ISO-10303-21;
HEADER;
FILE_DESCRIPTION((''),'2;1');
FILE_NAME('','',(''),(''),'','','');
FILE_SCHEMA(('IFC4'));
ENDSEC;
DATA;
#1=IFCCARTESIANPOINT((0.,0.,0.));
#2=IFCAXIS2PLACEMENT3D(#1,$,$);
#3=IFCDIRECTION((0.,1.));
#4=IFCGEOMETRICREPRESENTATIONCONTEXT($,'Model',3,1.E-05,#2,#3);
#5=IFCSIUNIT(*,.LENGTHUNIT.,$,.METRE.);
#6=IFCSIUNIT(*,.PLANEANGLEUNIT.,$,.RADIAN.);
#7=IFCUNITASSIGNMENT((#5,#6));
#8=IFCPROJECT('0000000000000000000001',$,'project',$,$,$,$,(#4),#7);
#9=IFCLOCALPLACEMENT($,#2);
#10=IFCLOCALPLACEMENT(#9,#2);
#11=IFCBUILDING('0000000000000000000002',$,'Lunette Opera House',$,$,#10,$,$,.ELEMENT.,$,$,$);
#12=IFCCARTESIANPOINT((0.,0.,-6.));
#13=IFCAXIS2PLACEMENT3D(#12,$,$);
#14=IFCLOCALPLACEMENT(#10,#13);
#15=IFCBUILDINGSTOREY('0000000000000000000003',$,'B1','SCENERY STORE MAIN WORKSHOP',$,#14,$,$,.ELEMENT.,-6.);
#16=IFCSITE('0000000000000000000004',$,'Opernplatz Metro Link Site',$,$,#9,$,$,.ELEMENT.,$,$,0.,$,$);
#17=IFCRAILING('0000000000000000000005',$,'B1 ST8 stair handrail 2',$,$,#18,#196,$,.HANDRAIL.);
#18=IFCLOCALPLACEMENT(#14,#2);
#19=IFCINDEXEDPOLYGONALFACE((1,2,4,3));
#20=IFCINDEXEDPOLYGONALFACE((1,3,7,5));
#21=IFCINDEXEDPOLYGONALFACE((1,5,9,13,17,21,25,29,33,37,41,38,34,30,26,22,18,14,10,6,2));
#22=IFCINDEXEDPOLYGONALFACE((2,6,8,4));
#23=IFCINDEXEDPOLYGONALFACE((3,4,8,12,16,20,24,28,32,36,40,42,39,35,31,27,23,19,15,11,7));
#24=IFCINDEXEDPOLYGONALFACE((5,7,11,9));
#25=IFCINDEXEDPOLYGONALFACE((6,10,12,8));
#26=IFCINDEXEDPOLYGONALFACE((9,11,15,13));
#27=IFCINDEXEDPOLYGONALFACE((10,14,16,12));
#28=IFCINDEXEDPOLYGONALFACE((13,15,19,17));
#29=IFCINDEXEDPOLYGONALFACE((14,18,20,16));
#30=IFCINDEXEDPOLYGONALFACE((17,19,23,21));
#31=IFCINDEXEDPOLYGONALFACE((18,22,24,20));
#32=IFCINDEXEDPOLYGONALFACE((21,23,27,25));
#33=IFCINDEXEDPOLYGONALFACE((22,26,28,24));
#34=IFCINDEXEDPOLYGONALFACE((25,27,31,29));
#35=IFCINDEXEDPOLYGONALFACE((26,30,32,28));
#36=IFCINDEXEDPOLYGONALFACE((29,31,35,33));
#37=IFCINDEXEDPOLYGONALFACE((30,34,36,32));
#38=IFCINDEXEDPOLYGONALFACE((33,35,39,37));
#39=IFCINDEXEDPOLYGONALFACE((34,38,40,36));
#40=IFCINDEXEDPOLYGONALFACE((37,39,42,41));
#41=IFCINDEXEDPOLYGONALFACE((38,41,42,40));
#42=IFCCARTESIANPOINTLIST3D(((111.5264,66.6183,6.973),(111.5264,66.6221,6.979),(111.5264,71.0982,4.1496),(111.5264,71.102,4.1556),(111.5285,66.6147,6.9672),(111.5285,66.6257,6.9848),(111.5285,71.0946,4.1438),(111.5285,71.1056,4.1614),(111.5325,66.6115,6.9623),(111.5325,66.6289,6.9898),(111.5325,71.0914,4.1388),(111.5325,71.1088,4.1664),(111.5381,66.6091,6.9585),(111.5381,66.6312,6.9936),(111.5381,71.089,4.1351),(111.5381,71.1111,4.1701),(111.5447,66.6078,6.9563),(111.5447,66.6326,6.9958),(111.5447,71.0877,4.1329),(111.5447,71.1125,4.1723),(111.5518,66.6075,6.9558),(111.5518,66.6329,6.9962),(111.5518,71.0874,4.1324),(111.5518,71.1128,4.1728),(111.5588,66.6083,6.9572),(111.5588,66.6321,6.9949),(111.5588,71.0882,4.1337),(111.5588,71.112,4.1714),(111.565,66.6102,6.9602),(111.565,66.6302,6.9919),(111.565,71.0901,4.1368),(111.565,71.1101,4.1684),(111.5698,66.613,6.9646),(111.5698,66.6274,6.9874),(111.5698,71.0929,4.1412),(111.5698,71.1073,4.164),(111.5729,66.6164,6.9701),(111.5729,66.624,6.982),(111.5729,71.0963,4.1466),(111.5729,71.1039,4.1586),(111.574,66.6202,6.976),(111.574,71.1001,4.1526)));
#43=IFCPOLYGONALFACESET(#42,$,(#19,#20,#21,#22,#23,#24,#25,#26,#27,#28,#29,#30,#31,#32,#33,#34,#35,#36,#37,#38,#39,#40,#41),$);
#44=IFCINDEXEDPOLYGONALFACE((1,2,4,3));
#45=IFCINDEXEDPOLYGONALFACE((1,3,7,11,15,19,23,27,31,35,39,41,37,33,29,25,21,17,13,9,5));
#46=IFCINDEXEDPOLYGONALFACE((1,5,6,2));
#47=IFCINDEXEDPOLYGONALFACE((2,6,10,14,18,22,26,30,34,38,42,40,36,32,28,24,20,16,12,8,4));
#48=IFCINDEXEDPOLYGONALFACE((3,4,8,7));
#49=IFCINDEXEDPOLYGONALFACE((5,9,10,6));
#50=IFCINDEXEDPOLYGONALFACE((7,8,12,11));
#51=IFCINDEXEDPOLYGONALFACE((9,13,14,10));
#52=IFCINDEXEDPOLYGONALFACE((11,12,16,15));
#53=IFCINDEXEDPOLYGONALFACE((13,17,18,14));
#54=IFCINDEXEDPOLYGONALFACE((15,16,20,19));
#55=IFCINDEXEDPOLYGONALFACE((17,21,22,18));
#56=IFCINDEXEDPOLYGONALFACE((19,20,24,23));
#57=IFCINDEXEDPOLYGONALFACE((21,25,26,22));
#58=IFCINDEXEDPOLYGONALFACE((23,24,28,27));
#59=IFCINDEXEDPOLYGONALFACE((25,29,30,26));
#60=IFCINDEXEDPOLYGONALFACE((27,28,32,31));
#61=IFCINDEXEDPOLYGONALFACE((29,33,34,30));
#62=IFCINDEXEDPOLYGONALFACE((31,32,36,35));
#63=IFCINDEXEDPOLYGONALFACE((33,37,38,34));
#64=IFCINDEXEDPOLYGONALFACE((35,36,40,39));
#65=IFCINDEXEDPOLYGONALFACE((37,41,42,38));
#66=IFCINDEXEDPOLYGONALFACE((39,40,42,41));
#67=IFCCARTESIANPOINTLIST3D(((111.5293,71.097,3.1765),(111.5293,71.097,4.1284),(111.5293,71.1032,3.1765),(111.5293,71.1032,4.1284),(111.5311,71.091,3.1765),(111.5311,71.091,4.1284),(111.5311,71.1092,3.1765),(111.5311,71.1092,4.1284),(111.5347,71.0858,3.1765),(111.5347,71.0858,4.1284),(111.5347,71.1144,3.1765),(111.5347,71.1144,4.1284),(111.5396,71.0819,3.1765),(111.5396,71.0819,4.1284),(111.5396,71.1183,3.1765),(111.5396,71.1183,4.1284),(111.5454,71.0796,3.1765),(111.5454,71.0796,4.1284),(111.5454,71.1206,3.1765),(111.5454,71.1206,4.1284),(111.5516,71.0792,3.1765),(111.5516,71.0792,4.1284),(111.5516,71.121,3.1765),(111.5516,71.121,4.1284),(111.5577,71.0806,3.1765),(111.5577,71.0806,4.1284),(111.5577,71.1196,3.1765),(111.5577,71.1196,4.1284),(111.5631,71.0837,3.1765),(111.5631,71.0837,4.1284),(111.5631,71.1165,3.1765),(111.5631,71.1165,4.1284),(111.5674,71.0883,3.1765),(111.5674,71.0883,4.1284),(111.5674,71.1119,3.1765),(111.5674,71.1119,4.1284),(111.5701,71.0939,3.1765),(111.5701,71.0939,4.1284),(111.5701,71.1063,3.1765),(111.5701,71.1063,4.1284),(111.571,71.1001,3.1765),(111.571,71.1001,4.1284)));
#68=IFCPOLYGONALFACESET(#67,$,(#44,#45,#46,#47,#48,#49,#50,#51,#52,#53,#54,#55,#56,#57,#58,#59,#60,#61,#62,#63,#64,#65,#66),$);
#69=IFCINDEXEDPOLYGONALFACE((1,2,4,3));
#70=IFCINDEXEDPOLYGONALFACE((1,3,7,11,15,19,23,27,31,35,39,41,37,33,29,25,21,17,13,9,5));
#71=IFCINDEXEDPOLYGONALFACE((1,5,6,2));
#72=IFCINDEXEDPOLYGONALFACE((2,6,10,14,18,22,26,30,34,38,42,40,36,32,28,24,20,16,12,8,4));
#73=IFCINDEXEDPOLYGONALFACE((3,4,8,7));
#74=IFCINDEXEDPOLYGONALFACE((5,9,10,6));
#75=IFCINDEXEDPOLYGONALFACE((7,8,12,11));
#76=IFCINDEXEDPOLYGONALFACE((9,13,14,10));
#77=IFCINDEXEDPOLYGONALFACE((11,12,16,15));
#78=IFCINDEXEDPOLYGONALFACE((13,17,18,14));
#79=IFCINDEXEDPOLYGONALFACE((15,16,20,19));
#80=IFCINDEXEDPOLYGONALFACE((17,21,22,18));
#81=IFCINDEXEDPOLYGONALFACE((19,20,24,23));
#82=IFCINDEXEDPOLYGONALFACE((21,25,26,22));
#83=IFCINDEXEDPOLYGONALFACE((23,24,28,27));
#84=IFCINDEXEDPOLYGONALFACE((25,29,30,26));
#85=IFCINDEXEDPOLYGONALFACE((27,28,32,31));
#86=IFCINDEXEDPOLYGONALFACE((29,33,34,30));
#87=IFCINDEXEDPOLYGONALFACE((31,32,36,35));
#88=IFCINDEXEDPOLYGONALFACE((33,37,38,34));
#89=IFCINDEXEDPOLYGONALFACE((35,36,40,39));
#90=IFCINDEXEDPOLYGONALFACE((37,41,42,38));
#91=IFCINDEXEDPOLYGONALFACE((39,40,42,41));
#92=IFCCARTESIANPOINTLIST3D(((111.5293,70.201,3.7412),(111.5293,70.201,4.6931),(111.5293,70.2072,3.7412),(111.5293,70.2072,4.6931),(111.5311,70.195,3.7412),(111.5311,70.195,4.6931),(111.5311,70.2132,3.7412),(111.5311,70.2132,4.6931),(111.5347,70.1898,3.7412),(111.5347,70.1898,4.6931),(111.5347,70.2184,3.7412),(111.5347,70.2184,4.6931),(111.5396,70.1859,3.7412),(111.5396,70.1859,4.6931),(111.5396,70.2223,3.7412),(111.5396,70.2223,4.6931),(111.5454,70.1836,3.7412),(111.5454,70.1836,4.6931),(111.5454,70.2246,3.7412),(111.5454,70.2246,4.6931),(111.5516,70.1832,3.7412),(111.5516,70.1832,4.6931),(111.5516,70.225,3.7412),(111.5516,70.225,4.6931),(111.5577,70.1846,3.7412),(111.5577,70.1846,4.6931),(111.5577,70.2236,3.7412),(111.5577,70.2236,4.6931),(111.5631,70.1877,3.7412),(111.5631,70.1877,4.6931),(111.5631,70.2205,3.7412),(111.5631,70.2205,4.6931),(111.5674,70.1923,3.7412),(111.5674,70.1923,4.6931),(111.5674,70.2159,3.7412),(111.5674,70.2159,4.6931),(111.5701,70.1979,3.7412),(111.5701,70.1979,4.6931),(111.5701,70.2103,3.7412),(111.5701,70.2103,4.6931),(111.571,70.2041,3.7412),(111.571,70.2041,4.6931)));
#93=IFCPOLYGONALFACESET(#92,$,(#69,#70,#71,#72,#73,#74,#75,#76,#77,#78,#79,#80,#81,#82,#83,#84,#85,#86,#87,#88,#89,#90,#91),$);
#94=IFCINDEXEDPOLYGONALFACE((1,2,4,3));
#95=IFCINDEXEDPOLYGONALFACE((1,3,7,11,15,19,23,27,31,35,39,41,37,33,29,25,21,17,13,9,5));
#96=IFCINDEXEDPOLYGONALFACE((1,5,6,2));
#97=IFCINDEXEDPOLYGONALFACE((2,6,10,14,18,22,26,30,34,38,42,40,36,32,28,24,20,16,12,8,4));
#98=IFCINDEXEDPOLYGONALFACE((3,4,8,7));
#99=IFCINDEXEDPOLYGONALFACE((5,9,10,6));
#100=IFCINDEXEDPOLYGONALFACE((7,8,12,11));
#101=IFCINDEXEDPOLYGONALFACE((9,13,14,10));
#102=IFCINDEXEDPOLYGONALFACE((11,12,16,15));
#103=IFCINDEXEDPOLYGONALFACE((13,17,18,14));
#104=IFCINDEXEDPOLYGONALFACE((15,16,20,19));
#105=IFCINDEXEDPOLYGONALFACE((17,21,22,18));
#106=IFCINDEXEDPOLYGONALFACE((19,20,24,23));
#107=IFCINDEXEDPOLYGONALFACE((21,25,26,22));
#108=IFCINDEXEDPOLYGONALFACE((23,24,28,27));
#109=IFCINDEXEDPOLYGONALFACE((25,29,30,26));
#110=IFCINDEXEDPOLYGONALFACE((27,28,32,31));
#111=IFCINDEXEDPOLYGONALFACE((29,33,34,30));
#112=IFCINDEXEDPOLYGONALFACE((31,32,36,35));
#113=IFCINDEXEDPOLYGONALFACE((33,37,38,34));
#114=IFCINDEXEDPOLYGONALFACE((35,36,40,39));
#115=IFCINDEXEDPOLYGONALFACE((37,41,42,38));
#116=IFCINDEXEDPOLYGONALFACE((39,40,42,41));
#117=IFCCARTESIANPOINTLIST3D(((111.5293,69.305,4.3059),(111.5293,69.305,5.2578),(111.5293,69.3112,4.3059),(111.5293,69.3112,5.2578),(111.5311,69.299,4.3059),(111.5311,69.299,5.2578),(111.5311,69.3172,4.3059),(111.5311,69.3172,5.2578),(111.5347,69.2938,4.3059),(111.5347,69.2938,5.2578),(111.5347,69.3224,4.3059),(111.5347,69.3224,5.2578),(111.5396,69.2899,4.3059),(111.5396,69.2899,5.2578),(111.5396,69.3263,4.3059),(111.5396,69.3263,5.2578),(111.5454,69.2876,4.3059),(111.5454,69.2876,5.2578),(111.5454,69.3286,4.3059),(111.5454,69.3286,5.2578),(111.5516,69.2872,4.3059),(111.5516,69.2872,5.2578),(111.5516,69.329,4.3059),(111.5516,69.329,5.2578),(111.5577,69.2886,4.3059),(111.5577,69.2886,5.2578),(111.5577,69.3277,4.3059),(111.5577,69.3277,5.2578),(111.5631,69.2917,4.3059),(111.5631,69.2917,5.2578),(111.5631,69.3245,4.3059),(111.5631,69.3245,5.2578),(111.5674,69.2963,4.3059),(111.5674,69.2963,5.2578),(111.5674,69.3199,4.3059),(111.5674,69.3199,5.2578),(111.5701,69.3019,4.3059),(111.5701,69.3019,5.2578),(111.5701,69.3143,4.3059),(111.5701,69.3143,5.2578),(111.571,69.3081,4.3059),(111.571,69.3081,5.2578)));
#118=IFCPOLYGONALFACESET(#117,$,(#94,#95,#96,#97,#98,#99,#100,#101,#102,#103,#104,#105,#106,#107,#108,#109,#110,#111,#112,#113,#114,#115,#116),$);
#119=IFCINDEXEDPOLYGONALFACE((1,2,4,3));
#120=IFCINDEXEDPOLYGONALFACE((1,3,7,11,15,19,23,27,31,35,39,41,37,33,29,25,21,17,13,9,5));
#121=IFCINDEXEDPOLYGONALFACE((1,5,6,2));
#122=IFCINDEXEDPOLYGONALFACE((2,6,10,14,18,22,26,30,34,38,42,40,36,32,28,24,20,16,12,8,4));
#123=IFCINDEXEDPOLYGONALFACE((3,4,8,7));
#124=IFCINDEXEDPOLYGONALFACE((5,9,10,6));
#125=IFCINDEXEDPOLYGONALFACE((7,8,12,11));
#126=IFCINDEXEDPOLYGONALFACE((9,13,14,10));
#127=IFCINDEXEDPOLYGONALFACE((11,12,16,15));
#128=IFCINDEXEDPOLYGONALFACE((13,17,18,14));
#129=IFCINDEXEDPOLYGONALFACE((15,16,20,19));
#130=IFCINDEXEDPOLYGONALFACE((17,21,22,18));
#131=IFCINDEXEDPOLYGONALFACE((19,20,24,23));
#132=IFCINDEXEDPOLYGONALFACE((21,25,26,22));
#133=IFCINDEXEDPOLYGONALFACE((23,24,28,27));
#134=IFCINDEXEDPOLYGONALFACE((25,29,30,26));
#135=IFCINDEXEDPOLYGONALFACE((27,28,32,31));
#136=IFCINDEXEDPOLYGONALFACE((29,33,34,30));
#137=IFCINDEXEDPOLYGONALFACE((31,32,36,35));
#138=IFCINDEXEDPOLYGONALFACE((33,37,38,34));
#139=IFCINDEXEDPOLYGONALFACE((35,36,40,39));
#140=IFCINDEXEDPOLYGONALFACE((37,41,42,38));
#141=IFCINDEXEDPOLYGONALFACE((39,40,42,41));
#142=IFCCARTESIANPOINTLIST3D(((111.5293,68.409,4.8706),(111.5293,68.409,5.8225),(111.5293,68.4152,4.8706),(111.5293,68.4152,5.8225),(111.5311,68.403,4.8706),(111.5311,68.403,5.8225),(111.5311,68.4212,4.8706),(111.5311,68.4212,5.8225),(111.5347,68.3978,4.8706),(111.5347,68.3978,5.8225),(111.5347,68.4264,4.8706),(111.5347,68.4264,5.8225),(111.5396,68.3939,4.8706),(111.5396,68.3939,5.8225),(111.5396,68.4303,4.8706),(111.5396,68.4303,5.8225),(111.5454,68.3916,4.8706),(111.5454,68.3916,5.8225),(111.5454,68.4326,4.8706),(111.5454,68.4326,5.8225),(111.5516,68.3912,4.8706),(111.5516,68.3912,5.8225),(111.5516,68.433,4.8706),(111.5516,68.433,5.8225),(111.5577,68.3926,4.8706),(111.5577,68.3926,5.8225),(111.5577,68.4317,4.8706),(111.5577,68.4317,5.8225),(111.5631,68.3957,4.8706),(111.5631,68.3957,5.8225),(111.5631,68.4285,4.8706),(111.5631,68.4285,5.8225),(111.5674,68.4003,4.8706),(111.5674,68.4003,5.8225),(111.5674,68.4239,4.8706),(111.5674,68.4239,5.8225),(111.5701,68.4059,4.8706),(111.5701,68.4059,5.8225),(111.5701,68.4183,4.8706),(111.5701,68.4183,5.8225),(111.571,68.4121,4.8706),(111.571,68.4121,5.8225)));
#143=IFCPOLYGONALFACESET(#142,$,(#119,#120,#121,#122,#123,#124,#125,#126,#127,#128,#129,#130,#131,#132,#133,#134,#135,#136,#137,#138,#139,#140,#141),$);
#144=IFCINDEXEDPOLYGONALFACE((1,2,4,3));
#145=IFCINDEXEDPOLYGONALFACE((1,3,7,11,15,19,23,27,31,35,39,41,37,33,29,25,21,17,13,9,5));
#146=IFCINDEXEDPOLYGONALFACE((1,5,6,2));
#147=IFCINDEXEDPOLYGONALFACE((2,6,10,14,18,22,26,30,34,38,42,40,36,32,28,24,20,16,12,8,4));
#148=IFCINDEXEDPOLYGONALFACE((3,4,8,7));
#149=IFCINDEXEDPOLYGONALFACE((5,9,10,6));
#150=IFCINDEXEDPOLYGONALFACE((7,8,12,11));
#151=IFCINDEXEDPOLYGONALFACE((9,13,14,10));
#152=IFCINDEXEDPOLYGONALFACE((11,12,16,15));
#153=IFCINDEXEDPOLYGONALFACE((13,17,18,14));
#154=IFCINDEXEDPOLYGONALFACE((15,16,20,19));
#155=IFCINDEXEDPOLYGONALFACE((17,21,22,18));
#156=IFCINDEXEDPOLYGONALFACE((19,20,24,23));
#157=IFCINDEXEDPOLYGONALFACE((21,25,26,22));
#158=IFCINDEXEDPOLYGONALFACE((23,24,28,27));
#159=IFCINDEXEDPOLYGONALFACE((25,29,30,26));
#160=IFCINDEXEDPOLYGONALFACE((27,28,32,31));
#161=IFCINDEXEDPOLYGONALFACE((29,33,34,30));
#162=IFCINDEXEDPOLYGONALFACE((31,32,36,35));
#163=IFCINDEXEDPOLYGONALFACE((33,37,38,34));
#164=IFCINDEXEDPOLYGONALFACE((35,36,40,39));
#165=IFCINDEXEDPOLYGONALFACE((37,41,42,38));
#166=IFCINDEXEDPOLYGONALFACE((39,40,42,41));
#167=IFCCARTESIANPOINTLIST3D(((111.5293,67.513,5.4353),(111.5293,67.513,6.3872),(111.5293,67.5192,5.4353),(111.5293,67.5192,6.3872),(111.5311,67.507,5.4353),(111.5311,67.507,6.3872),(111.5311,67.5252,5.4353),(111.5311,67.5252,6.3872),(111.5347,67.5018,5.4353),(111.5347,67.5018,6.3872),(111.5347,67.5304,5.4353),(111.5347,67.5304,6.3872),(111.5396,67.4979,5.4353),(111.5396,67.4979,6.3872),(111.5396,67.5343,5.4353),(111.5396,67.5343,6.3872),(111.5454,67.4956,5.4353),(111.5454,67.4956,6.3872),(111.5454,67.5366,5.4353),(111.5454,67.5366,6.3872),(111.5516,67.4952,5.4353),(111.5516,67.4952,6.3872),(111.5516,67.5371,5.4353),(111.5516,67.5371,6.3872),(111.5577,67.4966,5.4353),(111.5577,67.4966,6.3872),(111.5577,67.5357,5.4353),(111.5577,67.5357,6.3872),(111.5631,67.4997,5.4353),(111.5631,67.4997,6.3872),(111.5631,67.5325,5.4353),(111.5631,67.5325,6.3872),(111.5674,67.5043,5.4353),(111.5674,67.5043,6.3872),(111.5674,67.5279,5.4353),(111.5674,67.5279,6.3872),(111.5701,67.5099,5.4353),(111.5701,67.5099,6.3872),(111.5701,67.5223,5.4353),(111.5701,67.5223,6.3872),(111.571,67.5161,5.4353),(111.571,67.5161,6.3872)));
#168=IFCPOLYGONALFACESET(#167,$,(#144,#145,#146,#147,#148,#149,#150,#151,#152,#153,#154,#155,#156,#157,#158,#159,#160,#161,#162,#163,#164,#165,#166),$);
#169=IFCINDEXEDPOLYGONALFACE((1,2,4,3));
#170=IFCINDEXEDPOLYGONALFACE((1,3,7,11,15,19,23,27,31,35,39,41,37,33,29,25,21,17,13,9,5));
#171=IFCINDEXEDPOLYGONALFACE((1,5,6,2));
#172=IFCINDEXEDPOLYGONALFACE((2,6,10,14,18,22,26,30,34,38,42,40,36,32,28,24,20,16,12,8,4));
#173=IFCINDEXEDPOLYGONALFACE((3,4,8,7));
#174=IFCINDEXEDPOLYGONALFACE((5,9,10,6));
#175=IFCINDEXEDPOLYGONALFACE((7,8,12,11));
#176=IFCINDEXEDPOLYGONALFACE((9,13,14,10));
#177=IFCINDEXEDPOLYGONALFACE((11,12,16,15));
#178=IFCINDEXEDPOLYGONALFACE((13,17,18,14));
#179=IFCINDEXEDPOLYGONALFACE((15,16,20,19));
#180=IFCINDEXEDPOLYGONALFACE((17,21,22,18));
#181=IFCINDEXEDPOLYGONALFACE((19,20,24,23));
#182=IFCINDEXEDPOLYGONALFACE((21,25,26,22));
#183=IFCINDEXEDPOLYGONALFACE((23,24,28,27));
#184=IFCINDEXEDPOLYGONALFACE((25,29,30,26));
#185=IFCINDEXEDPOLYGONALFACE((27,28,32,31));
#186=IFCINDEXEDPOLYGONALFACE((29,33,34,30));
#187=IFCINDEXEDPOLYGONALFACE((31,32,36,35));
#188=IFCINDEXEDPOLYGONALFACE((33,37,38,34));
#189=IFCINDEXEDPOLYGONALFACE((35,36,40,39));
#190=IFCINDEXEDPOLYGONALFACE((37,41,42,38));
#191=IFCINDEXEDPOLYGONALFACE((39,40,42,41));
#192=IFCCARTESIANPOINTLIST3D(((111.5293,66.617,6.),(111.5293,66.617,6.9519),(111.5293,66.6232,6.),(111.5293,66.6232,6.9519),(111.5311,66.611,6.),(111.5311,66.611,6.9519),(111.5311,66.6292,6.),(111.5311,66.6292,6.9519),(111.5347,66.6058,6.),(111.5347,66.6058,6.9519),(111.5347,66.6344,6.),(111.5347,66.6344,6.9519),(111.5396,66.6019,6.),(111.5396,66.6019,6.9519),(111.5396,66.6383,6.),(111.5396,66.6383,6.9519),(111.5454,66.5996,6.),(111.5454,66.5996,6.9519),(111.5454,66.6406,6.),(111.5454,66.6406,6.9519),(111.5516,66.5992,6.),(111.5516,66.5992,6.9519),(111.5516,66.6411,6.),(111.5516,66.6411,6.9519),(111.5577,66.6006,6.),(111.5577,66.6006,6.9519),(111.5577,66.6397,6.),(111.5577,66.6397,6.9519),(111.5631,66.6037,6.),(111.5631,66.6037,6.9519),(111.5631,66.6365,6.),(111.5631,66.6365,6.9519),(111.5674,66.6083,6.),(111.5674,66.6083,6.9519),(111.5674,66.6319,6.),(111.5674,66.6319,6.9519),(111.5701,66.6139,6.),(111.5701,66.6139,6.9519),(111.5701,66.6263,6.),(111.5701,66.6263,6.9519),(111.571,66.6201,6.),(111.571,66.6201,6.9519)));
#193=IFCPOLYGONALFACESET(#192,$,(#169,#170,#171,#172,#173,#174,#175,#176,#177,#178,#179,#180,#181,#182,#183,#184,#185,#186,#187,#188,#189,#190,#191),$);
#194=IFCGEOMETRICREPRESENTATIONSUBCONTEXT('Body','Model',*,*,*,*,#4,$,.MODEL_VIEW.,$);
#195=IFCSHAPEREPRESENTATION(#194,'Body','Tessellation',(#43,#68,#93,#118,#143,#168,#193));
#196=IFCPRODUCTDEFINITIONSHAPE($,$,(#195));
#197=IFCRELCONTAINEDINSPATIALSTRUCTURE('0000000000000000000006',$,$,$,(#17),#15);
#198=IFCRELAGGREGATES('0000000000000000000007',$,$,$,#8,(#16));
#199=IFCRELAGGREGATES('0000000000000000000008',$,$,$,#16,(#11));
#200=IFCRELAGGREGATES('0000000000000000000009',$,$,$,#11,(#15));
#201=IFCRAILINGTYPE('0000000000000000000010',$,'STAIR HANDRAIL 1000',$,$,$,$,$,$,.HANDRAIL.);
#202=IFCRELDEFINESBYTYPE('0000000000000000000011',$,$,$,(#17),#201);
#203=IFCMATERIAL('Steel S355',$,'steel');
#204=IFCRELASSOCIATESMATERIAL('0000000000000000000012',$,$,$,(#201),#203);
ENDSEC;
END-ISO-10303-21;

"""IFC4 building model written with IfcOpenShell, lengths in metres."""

from ifc_helpers import new_model, si_unit, direction, frame, origin, origin_2d, place, context, subcontext, project, spatial, circle, extrude, material, type_object, element, save


model = new_model("IFC4")

# Units and contexts
model_context = context("Model", 3, precision=1e-05, world=origin(), true_north=direction((0.0, 1.0)))
body_context = subcontext(model_context, "Body", "Model", "MODEL_VIEW")
ifc_project = project(units=[si_unit("LENGTHUNIT", "METRE"), si_unit("PLANEANGLEUNIT", "RADIAN")], contexts=[model_context])

# Site, building, storey
site_placement = place(None, origin())
site = spatial("IfcSite", under=ifc_project, at=site_placement, Name="Opernplatz Metro Link Site", CompositionType="ELEMENT", RefElevation=0.0)
building_placement = place(site_placement, origin())
building = spatial("IfcBuilding", under=site, at=building_placement, Name="Lunette Opera House", CompositionType="ELEMENT")
storey_placement = place(building_placement, frame((0.0, 0.0, -6.0)))
storey = spatial("IfcBuildingStorey", under=building, at=storey_placement, Name="B1", Description="SCENERY STORE MAIN WORKSHOP", CompositionType="ELEMENT", Elevation=-6.0)

# Railing
ifc_material_1 = material(Name="Steel S355", Category="steel")
railing_type_1 = type_object("IfcRailingType", Name="STAIR HANDRAIL 1000", PredefinedType="HANDRAIL", material=ifc_material_1)
railing_1_placement = place(storey_placement, frame((111.55, 71.1001, 3.1765)))
element("IfcRailing", 1, at=railing_1_placement, inside=storey, type_object=railing_type_1, Name="B1 ST8 stair handrail 2", PredefinedType="HANDRAIL", context=body_context, shape_type="SweptSolid", body=[
    extrude(circle(Radius=0.0239, at=origin_2d()), frame((0.0, 0.0, 0.9761), z_axis=(0.0, -0.845998, 0.533186), x_axis=(1.0, 0.0, 0.0)), (0.0, 0.0, 1.0), 5.2954),
    extrude(circle(Radius=0.021, at=origin_2d()), origin(), (0.0, 0.0, 1.0), 0.9519),
    extrude(circle(Radius=0.021, at=origin_2d()), frame((0.0, -0.896, 0.5647)), (0.0, 0.0, 1.0), 0.9519),
    extrude(circle(Radius=0.021, at=origin_2d()), frame((0.0, -1.792, 1.1294)), (0.0, 0.0, 1.0), 0.9519),
    extrude(circle(Radius=0.021, at=origin_2d()), frame((0.0, -2.688, 1.6941)), (0.0, 0.0, 1.0), 0.9519),
    extrude(circle(Radius=0.021, at=origin_2d()), frame((0.0, -3.584, 2.2588)), (0.0, 0.0, 1.0), 0.9519),
    extrude(circle(Radius=0.021, at=origin_2d()), frame((0.0, -4.48, 2.8235)), (0.0, 0.0, 1.0), 0.9519),
])

save(model, "model.ifc")
